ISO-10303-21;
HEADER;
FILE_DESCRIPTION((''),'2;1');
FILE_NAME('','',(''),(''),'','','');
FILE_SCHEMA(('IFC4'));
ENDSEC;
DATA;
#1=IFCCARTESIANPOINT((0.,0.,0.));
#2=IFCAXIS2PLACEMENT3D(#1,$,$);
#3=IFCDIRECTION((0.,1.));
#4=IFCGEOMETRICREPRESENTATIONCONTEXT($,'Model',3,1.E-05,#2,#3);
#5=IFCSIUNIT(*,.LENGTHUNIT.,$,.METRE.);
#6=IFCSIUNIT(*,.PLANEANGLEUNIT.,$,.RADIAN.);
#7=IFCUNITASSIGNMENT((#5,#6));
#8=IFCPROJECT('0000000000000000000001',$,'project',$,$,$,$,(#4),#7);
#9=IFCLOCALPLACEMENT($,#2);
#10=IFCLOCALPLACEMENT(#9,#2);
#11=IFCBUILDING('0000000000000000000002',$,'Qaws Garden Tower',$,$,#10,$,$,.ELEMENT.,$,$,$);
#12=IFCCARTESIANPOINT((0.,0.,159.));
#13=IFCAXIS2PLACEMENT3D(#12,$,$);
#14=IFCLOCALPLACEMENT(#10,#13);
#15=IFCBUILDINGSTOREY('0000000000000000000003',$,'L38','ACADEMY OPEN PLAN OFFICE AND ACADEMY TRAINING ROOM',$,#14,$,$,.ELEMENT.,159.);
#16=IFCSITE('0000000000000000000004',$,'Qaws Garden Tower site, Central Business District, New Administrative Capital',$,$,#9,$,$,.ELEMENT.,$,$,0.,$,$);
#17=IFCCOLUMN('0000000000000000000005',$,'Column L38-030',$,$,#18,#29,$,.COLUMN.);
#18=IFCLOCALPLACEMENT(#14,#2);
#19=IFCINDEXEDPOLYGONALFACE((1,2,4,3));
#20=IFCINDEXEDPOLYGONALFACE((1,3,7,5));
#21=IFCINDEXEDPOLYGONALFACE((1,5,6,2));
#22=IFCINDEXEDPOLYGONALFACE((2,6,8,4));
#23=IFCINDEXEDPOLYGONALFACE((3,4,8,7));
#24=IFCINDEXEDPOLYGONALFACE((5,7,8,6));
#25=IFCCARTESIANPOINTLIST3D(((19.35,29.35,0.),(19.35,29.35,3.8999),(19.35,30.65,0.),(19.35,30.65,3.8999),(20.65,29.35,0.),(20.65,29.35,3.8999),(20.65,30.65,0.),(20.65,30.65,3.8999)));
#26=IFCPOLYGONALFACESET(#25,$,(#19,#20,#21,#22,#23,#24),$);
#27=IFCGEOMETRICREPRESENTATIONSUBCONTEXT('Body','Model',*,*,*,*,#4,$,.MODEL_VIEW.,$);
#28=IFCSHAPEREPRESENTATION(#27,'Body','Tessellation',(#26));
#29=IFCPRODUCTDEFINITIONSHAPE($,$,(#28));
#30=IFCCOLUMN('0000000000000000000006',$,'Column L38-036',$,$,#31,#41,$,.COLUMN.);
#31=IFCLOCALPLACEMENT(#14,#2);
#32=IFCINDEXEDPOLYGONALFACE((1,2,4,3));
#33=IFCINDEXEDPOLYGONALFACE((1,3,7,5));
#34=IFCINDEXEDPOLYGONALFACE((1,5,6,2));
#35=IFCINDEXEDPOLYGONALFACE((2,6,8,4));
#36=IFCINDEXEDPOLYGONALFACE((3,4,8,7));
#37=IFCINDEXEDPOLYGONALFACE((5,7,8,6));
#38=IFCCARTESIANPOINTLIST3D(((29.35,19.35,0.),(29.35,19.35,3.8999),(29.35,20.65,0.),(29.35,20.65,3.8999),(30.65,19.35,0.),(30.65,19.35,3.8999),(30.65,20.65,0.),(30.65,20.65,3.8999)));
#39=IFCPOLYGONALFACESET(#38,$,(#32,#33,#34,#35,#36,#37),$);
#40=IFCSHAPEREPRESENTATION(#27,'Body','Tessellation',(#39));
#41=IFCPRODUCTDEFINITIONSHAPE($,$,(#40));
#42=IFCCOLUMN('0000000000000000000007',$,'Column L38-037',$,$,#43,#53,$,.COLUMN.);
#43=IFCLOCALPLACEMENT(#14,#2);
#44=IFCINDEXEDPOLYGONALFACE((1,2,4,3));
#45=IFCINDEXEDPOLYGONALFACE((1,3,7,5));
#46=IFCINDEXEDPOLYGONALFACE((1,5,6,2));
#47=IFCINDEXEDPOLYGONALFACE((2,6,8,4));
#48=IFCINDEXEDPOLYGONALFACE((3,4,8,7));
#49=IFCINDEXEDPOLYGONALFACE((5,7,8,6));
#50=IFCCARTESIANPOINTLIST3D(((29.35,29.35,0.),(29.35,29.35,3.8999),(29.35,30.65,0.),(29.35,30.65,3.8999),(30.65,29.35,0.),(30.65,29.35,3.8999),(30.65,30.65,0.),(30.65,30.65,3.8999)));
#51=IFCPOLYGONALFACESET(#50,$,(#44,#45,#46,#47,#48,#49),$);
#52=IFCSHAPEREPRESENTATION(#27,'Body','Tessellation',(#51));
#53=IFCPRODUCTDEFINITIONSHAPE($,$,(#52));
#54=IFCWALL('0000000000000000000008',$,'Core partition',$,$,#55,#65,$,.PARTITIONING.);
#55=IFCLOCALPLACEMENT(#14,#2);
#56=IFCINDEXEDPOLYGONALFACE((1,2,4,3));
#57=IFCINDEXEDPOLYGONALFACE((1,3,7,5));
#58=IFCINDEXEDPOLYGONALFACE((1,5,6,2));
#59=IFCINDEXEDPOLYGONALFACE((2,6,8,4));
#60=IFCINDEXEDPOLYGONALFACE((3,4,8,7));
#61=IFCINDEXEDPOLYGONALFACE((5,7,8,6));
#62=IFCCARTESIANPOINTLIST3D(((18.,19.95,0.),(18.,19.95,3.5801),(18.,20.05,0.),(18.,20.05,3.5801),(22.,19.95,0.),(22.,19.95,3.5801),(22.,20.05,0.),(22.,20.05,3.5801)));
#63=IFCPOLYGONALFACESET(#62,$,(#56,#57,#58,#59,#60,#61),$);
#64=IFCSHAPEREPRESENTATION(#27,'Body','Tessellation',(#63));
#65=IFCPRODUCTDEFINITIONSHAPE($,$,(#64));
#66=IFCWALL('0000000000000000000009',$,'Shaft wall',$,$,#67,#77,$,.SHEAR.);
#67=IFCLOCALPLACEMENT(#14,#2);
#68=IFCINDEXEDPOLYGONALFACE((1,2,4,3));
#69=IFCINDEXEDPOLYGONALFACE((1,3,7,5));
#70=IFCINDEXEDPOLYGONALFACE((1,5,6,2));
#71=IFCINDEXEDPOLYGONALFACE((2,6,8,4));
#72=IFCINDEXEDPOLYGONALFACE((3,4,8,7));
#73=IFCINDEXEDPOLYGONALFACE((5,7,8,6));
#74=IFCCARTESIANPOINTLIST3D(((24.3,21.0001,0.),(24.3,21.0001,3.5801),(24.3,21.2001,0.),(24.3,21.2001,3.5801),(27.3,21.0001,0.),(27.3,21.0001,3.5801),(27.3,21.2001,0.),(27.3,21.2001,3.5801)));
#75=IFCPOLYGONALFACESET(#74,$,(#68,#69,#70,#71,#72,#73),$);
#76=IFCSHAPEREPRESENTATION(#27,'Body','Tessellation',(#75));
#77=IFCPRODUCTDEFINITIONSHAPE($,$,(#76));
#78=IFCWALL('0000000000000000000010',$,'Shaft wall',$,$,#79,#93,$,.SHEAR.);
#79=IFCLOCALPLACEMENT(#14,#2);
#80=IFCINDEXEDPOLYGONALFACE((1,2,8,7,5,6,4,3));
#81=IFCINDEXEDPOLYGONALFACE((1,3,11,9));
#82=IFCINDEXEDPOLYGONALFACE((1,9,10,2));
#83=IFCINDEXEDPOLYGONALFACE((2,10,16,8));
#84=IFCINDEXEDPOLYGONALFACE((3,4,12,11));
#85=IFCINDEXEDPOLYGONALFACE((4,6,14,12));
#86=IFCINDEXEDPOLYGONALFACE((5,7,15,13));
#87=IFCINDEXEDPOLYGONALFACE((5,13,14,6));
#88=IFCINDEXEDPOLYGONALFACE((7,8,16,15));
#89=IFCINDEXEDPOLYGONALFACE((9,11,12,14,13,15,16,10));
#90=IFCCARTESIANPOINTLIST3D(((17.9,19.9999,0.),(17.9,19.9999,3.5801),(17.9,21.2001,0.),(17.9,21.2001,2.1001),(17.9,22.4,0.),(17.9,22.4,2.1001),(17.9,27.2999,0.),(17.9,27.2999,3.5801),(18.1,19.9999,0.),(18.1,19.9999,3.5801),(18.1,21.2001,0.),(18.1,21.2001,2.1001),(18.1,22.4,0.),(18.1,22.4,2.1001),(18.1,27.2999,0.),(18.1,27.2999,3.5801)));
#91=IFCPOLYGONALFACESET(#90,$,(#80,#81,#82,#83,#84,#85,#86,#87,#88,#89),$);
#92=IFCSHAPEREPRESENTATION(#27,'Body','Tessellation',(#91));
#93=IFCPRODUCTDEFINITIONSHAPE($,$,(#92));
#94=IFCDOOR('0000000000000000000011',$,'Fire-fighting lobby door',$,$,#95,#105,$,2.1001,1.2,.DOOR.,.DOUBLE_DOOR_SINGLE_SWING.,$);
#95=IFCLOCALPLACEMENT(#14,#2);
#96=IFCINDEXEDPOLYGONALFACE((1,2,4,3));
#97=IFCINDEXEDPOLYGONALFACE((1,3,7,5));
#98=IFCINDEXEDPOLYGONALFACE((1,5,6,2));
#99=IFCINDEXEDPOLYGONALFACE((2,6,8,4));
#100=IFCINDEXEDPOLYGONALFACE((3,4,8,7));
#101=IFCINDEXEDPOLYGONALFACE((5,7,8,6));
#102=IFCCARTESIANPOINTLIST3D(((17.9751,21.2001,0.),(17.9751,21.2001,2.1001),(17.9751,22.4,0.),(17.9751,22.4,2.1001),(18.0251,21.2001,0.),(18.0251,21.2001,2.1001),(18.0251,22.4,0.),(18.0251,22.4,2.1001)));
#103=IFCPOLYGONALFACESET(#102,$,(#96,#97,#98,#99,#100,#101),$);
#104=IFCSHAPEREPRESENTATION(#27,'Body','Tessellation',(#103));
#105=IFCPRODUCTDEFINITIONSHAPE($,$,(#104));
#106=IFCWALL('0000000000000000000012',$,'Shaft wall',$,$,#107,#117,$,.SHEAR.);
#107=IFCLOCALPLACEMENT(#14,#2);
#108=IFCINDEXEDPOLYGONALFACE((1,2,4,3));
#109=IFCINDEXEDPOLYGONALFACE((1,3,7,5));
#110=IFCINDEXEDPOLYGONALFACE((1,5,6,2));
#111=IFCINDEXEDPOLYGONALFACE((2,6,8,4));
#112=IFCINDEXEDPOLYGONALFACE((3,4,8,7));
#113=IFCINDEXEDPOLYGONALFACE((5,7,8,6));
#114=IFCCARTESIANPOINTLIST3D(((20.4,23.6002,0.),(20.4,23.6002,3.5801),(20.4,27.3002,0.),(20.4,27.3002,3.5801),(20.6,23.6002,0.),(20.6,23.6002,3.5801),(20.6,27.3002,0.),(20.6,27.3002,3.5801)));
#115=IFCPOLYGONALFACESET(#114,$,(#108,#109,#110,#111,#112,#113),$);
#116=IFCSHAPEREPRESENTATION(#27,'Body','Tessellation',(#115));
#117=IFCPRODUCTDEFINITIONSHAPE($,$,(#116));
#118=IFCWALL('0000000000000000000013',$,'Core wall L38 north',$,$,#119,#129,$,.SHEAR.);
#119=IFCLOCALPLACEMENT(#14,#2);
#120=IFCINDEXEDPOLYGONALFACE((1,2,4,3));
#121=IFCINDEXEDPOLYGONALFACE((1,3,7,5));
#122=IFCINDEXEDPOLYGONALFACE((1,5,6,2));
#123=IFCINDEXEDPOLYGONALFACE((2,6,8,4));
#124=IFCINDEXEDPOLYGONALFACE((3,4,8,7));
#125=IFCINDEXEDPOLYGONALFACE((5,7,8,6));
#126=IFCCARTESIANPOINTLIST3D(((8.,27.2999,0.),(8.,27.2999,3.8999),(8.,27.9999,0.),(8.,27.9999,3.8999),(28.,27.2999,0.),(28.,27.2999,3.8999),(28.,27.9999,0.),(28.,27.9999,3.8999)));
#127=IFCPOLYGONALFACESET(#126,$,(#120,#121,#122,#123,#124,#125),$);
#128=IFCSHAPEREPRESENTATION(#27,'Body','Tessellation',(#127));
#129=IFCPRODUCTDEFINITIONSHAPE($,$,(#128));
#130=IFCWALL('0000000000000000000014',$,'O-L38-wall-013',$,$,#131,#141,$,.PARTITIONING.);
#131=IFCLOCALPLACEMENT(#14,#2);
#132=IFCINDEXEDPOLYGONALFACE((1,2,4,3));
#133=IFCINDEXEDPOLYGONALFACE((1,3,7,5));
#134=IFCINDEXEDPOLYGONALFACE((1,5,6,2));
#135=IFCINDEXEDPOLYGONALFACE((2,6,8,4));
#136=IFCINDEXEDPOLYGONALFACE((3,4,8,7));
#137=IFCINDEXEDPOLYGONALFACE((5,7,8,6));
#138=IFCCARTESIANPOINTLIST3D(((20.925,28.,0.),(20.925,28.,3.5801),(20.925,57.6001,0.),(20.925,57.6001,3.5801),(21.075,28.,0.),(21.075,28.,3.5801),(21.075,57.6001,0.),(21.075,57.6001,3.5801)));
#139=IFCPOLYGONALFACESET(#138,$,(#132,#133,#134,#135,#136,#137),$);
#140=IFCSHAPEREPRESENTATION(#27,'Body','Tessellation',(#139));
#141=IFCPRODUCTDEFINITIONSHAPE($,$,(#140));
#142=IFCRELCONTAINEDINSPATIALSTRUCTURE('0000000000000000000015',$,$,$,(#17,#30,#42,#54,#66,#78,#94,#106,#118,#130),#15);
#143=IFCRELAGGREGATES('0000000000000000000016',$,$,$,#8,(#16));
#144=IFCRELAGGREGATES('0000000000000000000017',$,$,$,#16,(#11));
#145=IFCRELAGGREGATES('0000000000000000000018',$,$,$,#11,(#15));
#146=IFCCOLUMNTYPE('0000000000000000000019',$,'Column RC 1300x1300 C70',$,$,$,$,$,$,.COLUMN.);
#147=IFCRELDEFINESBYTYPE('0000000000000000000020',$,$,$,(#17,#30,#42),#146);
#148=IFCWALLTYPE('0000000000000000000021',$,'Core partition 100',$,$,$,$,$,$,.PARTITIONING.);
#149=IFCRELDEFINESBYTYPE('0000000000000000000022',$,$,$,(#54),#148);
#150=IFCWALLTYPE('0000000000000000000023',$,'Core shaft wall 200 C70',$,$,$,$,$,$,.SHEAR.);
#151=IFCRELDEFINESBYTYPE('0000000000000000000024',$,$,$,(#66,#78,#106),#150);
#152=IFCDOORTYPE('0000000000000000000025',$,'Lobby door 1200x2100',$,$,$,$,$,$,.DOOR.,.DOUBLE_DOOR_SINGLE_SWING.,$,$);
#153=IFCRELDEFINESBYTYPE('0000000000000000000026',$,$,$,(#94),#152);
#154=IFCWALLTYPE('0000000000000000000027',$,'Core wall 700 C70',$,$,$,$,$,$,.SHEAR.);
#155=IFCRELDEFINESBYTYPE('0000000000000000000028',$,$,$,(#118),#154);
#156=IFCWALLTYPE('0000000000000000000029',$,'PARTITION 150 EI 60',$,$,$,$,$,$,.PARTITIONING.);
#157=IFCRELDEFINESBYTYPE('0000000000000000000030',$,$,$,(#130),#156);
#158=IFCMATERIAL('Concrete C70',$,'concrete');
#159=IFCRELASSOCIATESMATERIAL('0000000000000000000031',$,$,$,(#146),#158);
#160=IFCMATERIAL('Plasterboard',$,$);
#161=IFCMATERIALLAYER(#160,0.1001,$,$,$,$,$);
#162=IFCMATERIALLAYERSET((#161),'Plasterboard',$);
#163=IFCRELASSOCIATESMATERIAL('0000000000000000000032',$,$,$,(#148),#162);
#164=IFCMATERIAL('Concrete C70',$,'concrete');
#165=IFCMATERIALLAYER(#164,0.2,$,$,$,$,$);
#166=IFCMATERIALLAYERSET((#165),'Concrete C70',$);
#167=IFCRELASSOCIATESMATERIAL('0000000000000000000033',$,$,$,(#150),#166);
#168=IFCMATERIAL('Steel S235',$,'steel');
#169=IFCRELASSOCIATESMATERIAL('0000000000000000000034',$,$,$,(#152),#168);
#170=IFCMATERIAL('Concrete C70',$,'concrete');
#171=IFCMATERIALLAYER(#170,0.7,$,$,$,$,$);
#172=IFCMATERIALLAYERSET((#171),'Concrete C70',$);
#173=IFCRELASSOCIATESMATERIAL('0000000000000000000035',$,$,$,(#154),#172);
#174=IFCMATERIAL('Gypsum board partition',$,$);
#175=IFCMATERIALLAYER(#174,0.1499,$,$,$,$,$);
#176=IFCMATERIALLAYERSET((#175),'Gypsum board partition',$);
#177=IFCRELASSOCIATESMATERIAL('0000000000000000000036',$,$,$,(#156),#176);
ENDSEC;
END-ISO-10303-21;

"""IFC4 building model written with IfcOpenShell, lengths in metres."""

from ifc_helpers import new_model, si_unit, direction, frame, frame_2d, origin, origin_2d, place, context, subcontext, project, spatial, rectangle, extrude, material, layer, layer_set, material_profile, profile_set, type_object, element, fill, save


model = new_model("IFC4")

# Units and contexts
model_context = context("Model", 3, precision=1e-05, world=origin(), true_north=direction((0.0, 1.0)))
body_context = subcontext(model_context, "Body", "Model", "MODEL_VIEW")
ifc_project = project(units=[si_unit("LENGTHUNIT", "METRE"), si_unit("PLANEANGLEUNIT", "RADIAN")], contexts=[model_context])

# Site, building, storey
site_placement = place(None, origin())
site = spatial("IfcSite", under=ifc_project, at=site_placement, Name="Qaws Garden Tower site, Central Business District, New Administrative Capital", CompositionType="ELEMENT", RefElevation=0.0)
building_placement = place(site_placement, origin())
building = spatial("IfcBuilding", under=site, at=building_placement, Name="Qaws Garden Tower", CompositionType="ELEMENT")
storey_placement = place(building_placement, frame((0.0, 0.0, 159.0)))
storey = spatial("IfcBuildingStorey", under=building, at=storey_placement, Name="L38", Description="ACADEMY OPEN PLAN OFFICE AND ACADEMY TRAINING ROOM", CompositionType="ELEMENT", Elevation=159.0)

# Columns
ifc_material_1 = material(Name="Concrete C70", Category="concrete")
ifc_material_profile = material_profile(ifc_material_1, rectangle(XDim=1.3, YDim=1.3, at=origin_2d()), Name="RC 1300x1300")
ifc_profile_set = profile_set([ifc_material_profile], Name="Concrete C70")
column_type = type_object("IfcColumnType", Name="Column RC 1300x1300 C70", PredefinedType="COLUMN", material=ifc_profile_set)
for number, where, z_axis, x_axis, name in (
    (1, (20.0, 30.0, 0.0), (0.0, 0.0, 1.0), (1.0, 0.0, 0.0), "Column L38-030"),
    (2, (30.0, 20.0, 0.0), (0.0, 0.0, 1.0), (1.0, 0.0, 0.0), "Column L38-036"),
    (3, (30.0, 30.0, 0.0), (0.0, 0.0, 1.0), (1.0, 0.0, 0.0), "Column L38-037"),
):
    element("IfcColumn", number, at=place(storey_placement, frame(where, z_axis=z_axis, x_axis=x_axis)), inside=storey, type_object=column_type, Name=name, PredefinedType="COLUMN", context=body_context, shape_type="SweptSolid", body=[
        extrude(rectangle(XDim=1.3, YDim=1.3, at=origin_2d()), origin(), (0.0, 0.0, 1.0), 3.8999),
    ])

# Walls
ifc_material_2 = material(Name="Plasterboard")
ifc_layer_1 = layer(ifc_material_2, 0.1001)
ifc_layer_set_1 = layer_set([ifc_layer_1], Name="Plasterboard")
wall_type_1 = type_object("IfcWallType", Name="Core partition 100", PredefinedType="PARTITIONING", material=ifc_layer_set_1)
wall_1_placement = place(storey_placement, frame((18.0, 20.0, 0.0), z_axis=(0.0, 0.0, 1.0), x_axis=(1.0, 0.0, 0.0)))
element("IfcWall", 4, at=wall_1_placement, inside=storey, type_object=wall_type_1, Name="Core partition", PredefinedType="PARTITIONING", context=body_context, shape_type="SweptSolid", body=[
    extrude(rectangle(XDim=4.0, YDim=0.1001, at=frame_2d((2.0, 0.0))), origin(), (0.0, 0.0, 1.0), 3.5801),
])
ifc_material_3 = material(Name="Concrete C70", Category="concrete")
ifc_layer_2 = layer(ifc_material_3, 0.2)
ifc_layer_set_2 = layer_set([ifc_layer_2], Name="Concrete C70")
wall_type_2 = type_object("IfcWallType", Name="Core shaft wall 200 C70", PredefinedType="SHEAR", material=ifc_layer_set_2)
wall_2_placement = place(storey_placement, frame((24.3, 21.1001, 0.0), z_axis=(0.0, 0.0, 1.0), x_axis=(1.0, 0.0, 0.0)))
element("IfcWall", 5, at=wall_2_placement, inside=storey, type_object=wall_type_2, Name="Shaft wall", PredefinedType="SHEAR", context=body_context, shape_type="SweptSolid", body=[
    extrude(rectangle(XDim=3.0, YDim=0.2, at=frame_2d((1.5, 0.0))), origin(), (0.0, 0.0, 1.0), 3.5801),
])

# Wall, opening, door
wall_3_placement = place(storey_placement, frame((18.0, 20.0, 0.0), z_axis=(0.0, 0.0, 1.0), x_axis=(0.0, 1.0, 0.0)))
wall_3 = element("IfcWall", 6, at=wall_3_placement, inside=storey, type_object=wall_type_2, Name="Shaft wall", PredefinedType="SHEAR", context=body_context, shape_type="SweptSolid", body=[
    extrude(rectangle(XDim=7.3, YDim=0.2, at=frame_2d((3.6499, 0.0))), origin(), (0.0, 0.0, 1.0), 3.5801),
])
opening_1_placement = place(wall_3_placement, frame((1.2, 0.0, 0.0)))
opening_1 = element("IfcOpeningElement", 7, at=opening_1_placement, cuts=wall_3, PredefinedType="OPENING", context=body_context, shape_type="SweptSolid", body=[
    extrude(rectangle(XDim=1.2, YDim=2.1001, at=frame_2d((0.6001, 1.05))), frame((0.0, 0.1099, 0.0), z_axis=(0.0, -1.0, 0.0), x_axis=(1.0, 0.0, 0.0)), (0.0, 0.0, 1.0), 0.22),
])
ifc_material_4 = material(Name="Steel S235", Category="steel")
door_type_1 = type_object("IfcDoorType", Name="Lobby door 1200x2100", OperationType="DOUBLE_DOOR_SINGLE_SWING", PredefinedType="DOOR", material=ifc_material_4)
door_1_placement = place(opening_1_placement, origin())
door_1 = element("IfcDoor", 8, at=door_1_placement, inside=storey, type_object=door_type_1, Name="Fire-fighting lobby door", OperationType="DOUBLE_DOOR_SINGLE_SWING", OverallHeight=2.1001, OverallWidth=1.2, PredefinedType="DOOR", context=body_context, shape_type="SweptSolid", body=[
    extrude(rectangle(XDim=1.2, YDim=2.1001, at=frame_2d((0.6001, 1.05))), frame((0.0, 0.0249, 0.0), z_axis=(0.0, -1.0, 0.0), x_axis=(1.0, 0.0, 0.0)), (0.0, 0.0, 1.0), 0.05),
])
fill(opening_1, door_1)

# Walls
wall_4_placement = place(storey_placement, frame((20.5, 23.6001, 0.0), z_axis=(0.0, 0.0, 1.0), x_axis=(0.0, 1.0, 0.0)))
element("IfcWall", 9, at=wall_4_placement, inside=storey, type_object=wall_type_2, Name="Shaft wall", PredefinedType="SHEAR", context=body_context, shape_type="SweptSolid", body=[
    extrude(rectangle(XDim=3.7, YDim=0.2, at=frame_2d((1.8501, 0.0))), origin(), (0.0, 0.0, 1.0), 3.5801),
])
ifc_material_5 = material(Name="Concrete C70", Category="concrete")
ifc_layer_3 = layer(ifc_material_5, 0.7)
ifc_layer_set_3 = layer_set([ifc_layer_3], Name="Concrete C70")
wall_type_3 = type_object("IfcWallType", Name="Core wall 700 C70", PredefinedType="SHEAR", material=ifc_layer_set_3)
wall_5_placement = place(storey_placement, frame((28.0, 27.6499, 0.0), z_axis=(0.0, 0.0, 1.0), x_axis=(-1.0, 0.0, 0.0)))
element("IfcWall", 10, at=wall_5_placement, inside=storey, type_object=wall_type_3, Name="Core wall L38 north", PredefinedType="SHEAR", context=body_context, shape_type="SweptSolid", body=[
    extrude(rectangle(XDim=20.0, YDim=0.7, at=frame_2d((10.0, 0.0))), origin(), (0.0, 0.0, 1.0), 3.8999),
])
ifc_material_6 = material(Name="Gypsum board partition")
ifc_layer_4 = layer(ifc_material_6, 0.1499)
ifc_layer_set_4 = layer_set([ifc_layer_4], Name="Gypsum board partition")
wall_type_4 = type_object("IfcWallType", Name="PARTITION 150 EI 60", PredefinedType="PARTITIONING", material=ifc_layer_set_4)
wall_6_placement = place(storey_placement, frame((21.0, 28.0, 0.0), z_axis=(0.0, 0.0, 1.0), x_axis=(0.0, 1.0, 0.0)))
element("IfcWall", 11, at=wall_6_placement, inside=storey, type_object=wall_type_4, Name="O-L38-wall-013", PredefinedType="PARTITIONING", context=body_context, shape_type="SweptSolid", body=[
    extrude(rectangle(XDim=29.6001, YDim=0.1499, at=frame_2d((14.8, 0.0))), origin(), (0.0, 0.0, 1.0), 3.5801),
])

save(model, "model.ifc")
